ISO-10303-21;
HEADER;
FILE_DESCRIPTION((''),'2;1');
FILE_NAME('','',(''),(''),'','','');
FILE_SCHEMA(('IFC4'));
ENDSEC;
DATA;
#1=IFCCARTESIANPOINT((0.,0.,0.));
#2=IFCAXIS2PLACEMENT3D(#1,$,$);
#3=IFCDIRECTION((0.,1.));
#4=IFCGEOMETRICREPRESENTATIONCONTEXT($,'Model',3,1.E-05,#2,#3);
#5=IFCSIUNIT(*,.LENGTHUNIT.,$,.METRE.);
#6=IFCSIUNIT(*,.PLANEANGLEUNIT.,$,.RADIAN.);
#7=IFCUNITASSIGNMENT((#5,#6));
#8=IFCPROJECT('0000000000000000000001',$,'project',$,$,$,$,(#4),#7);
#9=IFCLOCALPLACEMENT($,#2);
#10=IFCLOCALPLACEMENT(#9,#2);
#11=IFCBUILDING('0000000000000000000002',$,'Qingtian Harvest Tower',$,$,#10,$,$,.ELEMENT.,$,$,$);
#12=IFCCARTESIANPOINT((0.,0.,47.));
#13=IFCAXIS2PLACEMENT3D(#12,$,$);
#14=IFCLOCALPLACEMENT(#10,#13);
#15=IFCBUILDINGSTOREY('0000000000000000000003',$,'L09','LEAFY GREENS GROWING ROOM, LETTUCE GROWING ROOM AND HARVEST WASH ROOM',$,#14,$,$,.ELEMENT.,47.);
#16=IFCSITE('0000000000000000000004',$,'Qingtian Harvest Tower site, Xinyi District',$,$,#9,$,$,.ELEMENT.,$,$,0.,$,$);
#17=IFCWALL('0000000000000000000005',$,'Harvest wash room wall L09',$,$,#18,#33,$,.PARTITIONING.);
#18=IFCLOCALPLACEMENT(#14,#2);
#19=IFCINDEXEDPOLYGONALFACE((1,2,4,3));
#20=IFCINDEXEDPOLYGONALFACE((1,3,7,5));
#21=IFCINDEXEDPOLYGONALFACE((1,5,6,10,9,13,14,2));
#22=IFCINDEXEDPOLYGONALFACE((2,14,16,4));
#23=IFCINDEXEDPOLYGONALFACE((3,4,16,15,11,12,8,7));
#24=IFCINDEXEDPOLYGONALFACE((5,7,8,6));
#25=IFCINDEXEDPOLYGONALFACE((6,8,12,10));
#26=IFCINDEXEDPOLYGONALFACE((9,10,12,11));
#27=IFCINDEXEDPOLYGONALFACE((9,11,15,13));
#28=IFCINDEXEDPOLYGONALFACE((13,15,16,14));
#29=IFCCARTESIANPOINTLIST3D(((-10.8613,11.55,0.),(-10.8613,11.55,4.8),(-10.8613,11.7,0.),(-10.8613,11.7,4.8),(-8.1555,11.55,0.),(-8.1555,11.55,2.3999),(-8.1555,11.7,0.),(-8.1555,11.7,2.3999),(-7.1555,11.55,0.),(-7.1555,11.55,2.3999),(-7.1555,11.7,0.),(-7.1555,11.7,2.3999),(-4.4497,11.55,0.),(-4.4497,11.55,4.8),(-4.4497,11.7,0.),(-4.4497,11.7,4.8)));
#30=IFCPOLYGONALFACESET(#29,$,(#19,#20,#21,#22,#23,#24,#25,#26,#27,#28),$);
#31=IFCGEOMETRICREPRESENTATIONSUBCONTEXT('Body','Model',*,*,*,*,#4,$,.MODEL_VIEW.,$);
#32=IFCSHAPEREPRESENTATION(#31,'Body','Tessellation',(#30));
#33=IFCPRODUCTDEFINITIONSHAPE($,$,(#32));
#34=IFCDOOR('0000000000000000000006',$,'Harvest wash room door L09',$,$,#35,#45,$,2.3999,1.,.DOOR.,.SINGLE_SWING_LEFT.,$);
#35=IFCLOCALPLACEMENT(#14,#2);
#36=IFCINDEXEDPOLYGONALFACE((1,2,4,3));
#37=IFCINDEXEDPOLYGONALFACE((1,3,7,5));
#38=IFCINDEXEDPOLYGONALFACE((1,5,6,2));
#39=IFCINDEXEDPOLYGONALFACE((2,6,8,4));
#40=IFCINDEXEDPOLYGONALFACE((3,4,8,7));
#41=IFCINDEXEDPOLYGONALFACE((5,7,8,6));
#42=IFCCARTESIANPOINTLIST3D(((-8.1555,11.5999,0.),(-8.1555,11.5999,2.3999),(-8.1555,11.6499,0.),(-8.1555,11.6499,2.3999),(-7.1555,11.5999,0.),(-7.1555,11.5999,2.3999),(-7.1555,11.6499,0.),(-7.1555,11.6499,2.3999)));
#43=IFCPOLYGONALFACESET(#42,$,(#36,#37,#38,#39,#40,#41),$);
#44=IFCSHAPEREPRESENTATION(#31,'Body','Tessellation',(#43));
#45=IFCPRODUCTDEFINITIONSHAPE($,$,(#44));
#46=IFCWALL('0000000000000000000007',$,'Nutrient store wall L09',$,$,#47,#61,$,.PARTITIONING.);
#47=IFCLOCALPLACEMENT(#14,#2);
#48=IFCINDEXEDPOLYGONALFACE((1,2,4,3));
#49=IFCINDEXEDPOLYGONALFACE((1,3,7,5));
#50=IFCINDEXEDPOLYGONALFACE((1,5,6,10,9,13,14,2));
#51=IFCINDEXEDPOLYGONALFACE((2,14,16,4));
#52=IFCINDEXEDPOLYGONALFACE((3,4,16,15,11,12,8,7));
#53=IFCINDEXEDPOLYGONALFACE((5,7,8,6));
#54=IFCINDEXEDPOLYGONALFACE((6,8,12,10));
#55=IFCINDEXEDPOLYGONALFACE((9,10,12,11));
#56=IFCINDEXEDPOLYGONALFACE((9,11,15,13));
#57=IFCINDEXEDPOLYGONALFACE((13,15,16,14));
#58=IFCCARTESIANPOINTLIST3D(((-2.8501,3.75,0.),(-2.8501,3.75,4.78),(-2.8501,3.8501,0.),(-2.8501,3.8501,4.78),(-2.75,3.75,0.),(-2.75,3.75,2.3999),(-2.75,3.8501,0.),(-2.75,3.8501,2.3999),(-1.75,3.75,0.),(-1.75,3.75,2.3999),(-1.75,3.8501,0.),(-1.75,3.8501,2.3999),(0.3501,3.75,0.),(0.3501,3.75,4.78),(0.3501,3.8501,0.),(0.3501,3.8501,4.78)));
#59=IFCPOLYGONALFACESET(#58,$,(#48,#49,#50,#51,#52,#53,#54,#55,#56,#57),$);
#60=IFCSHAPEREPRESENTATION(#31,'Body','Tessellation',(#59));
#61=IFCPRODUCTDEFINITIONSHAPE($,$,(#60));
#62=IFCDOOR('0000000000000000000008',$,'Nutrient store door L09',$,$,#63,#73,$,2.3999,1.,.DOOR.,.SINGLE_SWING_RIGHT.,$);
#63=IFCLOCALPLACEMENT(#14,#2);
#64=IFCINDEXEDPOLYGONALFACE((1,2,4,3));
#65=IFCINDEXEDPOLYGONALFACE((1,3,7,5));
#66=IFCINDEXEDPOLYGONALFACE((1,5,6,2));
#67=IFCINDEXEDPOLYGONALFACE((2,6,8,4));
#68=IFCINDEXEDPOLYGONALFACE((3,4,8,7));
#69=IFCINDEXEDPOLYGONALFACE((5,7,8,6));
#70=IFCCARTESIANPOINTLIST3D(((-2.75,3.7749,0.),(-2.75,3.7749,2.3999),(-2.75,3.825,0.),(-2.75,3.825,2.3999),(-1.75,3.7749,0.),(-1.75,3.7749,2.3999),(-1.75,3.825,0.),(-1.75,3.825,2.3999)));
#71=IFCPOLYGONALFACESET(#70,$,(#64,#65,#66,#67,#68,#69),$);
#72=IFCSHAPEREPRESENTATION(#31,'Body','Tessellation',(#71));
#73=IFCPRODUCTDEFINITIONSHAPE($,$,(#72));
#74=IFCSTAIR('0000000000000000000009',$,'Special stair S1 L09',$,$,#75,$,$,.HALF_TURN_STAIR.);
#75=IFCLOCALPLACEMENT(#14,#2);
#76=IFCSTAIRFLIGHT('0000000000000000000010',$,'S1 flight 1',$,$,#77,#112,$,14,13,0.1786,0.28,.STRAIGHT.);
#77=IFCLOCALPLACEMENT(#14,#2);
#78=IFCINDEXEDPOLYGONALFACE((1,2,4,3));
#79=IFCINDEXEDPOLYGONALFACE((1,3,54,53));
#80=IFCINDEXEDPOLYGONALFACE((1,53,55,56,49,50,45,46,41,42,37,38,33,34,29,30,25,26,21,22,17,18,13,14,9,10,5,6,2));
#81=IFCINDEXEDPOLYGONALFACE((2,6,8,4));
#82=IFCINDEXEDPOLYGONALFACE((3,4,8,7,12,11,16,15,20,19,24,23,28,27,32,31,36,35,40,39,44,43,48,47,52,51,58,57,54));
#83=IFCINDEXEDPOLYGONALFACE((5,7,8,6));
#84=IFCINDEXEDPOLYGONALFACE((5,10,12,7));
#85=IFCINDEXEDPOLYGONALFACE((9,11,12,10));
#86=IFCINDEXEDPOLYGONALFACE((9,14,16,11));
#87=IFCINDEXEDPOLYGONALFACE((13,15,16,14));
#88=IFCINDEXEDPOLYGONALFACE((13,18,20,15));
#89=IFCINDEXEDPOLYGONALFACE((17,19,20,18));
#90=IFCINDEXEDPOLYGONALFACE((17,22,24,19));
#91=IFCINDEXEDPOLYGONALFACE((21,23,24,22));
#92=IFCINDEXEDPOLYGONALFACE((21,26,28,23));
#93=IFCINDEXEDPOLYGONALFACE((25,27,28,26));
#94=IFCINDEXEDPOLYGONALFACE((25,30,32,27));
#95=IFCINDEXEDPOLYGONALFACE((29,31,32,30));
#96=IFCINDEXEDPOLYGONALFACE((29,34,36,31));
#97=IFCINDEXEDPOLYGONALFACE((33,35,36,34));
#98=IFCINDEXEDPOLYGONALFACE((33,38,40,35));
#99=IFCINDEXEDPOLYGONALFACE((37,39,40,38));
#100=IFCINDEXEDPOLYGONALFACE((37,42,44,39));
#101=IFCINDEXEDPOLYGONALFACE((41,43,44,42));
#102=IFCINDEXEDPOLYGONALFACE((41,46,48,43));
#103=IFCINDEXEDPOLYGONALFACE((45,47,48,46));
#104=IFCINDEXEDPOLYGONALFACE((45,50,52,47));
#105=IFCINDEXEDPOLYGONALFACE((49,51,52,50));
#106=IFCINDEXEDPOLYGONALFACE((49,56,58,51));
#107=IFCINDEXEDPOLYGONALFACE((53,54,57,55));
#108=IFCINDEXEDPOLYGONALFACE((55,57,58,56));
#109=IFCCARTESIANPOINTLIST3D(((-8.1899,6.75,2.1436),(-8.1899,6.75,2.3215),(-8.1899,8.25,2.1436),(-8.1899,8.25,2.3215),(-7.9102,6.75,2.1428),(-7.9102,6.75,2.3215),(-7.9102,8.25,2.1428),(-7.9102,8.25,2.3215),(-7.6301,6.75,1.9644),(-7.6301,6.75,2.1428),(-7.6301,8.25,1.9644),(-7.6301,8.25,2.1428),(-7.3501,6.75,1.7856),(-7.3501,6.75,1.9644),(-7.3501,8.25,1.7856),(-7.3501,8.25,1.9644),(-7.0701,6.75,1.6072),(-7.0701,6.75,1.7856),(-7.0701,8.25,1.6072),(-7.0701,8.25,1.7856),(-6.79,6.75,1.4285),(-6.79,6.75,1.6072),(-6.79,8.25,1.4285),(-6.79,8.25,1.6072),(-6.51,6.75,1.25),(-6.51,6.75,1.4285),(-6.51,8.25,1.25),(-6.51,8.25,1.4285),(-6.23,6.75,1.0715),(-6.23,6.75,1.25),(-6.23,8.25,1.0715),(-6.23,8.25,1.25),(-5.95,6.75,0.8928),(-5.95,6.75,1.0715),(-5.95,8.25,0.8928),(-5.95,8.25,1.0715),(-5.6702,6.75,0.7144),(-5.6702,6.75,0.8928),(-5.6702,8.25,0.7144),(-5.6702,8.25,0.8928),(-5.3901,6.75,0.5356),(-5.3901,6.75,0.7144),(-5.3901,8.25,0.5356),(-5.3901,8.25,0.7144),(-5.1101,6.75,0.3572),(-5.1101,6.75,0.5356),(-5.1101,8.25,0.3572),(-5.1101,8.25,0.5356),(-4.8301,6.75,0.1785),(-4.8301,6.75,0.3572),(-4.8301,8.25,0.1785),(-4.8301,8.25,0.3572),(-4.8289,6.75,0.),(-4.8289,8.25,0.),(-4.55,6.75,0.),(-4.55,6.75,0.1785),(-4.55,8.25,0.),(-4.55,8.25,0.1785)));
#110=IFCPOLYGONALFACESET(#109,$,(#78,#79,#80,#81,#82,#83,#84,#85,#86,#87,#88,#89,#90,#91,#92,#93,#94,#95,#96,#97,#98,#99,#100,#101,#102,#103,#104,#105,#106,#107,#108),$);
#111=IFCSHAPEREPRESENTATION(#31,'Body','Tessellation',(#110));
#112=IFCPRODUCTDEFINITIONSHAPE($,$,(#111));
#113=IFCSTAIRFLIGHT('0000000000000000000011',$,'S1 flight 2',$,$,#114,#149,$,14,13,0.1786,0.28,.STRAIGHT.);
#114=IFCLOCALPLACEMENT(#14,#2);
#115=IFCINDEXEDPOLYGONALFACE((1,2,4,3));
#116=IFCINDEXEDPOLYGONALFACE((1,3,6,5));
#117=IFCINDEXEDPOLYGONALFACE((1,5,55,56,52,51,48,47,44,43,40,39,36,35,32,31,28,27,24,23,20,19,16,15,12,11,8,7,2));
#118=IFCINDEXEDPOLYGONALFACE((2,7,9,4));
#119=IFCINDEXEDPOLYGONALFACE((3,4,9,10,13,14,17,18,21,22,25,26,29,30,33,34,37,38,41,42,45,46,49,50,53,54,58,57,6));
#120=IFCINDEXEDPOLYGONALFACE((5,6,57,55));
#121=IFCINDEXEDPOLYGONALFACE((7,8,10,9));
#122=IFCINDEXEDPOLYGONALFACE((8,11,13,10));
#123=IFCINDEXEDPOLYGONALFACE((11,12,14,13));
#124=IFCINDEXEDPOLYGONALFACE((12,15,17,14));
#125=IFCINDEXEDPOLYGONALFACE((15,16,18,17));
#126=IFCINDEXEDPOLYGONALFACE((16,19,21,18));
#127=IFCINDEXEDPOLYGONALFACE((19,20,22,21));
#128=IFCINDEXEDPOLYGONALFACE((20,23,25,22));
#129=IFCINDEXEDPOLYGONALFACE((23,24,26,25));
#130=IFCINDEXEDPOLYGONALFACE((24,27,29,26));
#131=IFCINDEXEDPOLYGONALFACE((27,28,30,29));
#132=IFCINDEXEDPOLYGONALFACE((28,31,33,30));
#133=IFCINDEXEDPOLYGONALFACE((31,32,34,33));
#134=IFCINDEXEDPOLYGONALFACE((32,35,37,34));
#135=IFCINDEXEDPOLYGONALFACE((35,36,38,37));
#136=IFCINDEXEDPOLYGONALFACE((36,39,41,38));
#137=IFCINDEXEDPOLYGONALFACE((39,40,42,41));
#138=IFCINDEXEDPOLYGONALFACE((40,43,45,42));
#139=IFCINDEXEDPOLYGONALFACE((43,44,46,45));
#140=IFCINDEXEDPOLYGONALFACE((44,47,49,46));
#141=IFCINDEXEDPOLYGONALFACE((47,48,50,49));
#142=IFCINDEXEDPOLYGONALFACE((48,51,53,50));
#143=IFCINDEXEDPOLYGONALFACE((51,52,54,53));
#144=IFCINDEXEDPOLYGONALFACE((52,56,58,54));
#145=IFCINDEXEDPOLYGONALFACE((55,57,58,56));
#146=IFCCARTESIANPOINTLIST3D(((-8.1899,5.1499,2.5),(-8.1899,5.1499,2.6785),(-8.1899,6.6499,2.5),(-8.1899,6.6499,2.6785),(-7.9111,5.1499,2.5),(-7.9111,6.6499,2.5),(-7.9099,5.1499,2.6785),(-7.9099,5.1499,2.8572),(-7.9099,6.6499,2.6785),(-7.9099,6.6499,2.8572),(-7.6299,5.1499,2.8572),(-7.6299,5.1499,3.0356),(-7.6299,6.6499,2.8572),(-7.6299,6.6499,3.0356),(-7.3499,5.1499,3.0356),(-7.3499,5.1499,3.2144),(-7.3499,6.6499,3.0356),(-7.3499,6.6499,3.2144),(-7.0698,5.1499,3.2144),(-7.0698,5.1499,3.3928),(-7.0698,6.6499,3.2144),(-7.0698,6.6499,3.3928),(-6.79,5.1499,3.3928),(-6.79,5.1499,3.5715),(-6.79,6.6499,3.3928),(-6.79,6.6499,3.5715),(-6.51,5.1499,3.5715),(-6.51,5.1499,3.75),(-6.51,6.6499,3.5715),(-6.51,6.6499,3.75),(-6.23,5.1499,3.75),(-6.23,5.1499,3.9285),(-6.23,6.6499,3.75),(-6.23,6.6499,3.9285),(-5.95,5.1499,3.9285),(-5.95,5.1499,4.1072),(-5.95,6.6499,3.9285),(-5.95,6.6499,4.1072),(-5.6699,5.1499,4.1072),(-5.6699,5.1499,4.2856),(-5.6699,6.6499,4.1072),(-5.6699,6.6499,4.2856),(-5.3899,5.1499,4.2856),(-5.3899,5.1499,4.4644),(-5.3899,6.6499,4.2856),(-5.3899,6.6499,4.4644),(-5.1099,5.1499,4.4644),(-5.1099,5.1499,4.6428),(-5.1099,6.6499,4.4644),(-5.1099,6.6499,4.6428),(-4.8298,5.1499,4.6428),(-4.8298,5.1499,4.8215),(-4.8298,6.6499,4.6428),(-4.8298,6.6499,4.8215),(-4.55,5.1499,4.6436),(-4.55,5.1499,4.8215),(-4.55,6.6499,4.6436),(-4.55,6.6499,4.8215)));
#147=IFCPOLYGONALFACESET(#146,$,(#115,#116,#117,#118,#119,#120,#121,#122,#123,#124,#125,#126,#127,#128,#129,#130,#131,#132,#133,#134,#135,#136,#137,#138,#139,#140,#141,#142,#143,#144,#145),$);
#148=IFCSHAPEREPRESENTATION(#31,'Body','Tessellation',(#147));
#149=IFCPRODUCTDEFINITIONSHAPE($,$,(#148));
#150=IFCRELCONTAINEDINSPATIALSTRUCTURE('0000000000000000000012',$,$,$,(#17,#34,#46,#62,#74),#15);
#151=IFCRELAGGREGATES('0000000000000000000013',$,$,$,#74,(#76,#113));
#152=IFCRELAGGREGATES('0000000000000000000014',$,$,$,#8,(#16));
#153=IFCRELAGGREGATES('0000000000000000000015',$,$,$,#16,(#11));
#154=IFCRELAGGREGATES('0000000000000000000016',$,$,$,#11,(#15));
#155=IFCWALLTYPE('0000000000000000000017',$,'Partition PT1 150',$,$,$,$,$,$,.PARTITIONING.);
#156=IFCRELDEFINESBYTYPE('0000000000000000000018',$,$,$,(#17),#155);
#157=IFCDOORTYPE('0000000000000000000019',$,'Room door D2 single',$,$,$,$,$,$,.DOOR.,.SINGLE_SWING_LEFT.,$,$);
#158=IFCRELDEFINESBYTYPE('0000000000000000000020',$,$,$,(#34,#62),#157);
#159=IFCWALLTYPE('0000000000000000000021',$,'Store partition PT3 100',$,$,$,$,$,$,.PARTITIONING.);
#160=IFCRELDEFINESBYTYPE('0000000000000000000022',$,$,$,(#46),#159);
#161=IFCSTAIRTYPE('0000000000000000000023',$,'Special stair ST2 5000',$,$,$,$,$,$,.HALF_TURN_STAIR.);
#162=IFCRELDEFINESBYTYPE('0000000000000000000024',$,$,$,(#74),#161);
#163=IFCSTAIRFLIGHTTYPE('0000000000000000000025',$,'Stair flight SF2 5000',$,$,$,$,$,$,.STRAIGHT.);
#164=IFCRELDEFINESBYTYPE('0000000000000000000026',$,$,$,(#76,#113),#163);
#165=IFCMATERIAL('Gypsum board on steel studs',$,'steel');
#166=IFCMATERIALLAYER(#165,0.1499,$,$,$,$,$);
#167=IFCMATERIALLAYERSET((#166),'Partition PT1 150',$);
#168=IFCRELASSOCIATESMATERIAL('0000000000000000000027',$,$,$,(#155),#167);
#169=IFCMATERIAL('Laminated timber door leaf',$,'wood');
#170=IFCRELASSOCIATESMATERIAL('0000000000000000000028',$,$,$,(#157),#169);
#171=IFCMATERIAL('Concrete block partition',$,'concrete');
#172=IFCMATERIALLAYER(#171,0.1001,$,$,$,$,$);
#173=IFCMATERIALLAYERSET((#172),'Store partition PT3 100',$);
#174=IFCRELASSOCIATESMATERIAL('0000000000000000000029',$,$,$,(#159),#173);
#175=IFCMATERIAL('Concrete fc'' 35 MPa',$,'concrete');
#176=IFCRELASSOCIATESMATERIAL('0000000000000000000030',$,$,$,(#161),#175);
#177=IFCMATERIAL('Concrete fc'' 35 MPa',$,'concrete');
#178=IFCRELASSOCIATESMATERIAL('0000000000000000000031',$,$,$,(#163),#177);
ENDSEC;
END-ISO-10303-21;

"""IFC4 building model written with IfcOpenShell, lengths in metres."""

from ifc_helpers import new_model, si_unit, direction, frame, frame_2d, origin, place, context, subcontext, project, spatial, polyline, rectangle, outline, extrude, material, layer, layer_set, type_object, element, fill, aggregate, save


model = new_model("IFC4")

# Units and contexts
model_context = context("Model", 3, precision=1e-05, world=origin(), true_north=direction((0.0, 1.0)))
body_context = subcontext(model_context, "Body", "Model", "MODEL_VIEW")
ifc_project = project(units=[si_unit("LENGTHUNIT", "METRE"), si_unit("PLANEANGLEUNIT", "RADIAN")], contexts=[model_context])

# Site, building, storey
site_placement = place(None, origin())
site = spatial("IfcSite", under=ifc_project, at=site_placement, Name="Qingtian Harvest Tower site, Xinyi District", CompositionType="ELEMENT", RefElevation=0.0)
building_placement = place(site_placement, origin())
building = spatial("IfcBuilding", under=site, at=building_placement, Name="Qingtian Harvest Tower", CompositionType="ELEMENT")
storey_placement = place(building_placement, frame((0.0, 0.0, 47.0)))
storey = spatial("IfcBuildingStorey", under=building, at=storey_placement, Name="L09", Description="LEAFY GREENS GROWING ROOM, LETTUCE GROWING ROOM AND HARVEST WASH ROOM", CompositionType="ELEMENT", Elevation=47.0)

# Walls, openings, doors
ifc_material_1 = material(Name="Gypsum board on steel studs", Category="steel")
ifc_layer_1 = layer(ifc_material_1, 0.1499)
ifc_layer_set_1 = layer_set([ifc_layer_1], Name="Partition PT1 150")
wall_type_1 = type_object("IfcWallType", Name="Partition PT1 150", PredefinedType="PARTITIONING", material=ifc_layer_set_1)
wall_1_placement = place(storey_placement, frame((-10.8613, 11.625, 0.0), z_axis=(0.0, 0.0, 1.0), x_axis=(1.0, 0.0, 0.0)))
wall_1 = element("IfcWall", 1, at=wall_1_placement, inside=storey, type_object=wall_type_1, Name="Harvest wash room wall L09", PredefinedType="PARTITIONING", context=body_context, shape_type="SweptSolid", body=[
    extrude(rectangle(XDim=6.4116, YDim=0.1499, at=frame_2d((3.2058, 0.0))), origin(), (0.0, 0.0, 1.0), 4.8),
])
opening_1_placement = place(wall_1_placement, frame((2.7058, 0.0, 0.0)))
opening_1 = element("IfcOpeningElement", 2, at=opening_1_placement, cuts=wall_1, PredefinedType="OPENING", context=body_context, shape_type="SweptSolid", body=[
    extrude(rectangle(XDim=1.0, YDim=2.3999, at=frame_2d((0.5, 1.2))), frame((0.0, 0.085, 0.0), z_axis=(0.0, -1.0, 0.0), x_axis=(1.0, 0.0, 0.0)), (0.0, 0.0, 1.0), 0.1699),
])
ifc_material_2 = material(Name="Laminated timber door leaf", Category="wood")
door_type_1 = type_object("IfcDoorType", Name="Room door D2 single", OperationType="SINGLE_SWING_LEFT", PredefinedType="DOOR", material=ifc_material_2)
door_1_placement = place(opening_1_placement, origin())
door_1 = element("IfcDoor", 3, at=door_1_placement, inside=storey, type_object=door_type_1, Name="Harvest wash room door L09", OperationType="SINGLE_SWING_LEFT", OverallHeight=2.3999, OverallWidth=1.0, PredefinedType="DOOR", context=body_context, shape_type="SweptSolid", body=[
    extrude(rectangle(XDim=1.0, YDim=2.3999, at=frame_2d((0.5, 1.2))), frame((0.0, 0.0249, 0.0), z_axis=(0.0, -1.0, 0.0), x_axis=(1.0, 0.0, 0.0)), (0.0, 0.0, 1.0), 0.05),
])
fill(opening_1, door_1)
ifc_material_3 = material(Name="Concrete block partition", Category="concrete")
ifc_layer_2 = layer(ifc_material_3, 0.1001)
ifc_layer_set_2 = layer_set([ifc_layer_2], Name="Store partition PT3 100")
wall_type_2 = type_object("IfcWallType", Name="Store partition PT3 100", PredefinedType="PARTITIONING", material=ifc_layer_set_2)
wall_2_placement = place(storey_placement, frame((-2.8501, 3.8, 0.0), z_axis=(0.0, 0.0, 1.0), x_axis=(1.0, 0.0, 0.0)))
wall_2 = element("IfcWall", 4, at=wall_2_placement, inside=storey, type_object=wall_type_2, Name="Nutrient store wall L09", PredefinedType="PARTITIONING", context=body_context, shape_type="SweptSolid", body=[
    extrude(rectangle(XDim=3.2002, YDim=0.1001, at=frame_2d((1.6001, 0.0))), origin(), (0.0, 0.0, 1.0), 4.78),
])
opening_2_placement = place(wall_2_placement, frame((0.1001, 0.0, 0.0)))
opening_2 = element("IfcOpeningElement", 5, at=opening_2_placement, cuts=wall_2, PredefinedType="OPENING", context=body_context, shape_type="SweptSolid", body=[
    extrude(rectangle(XDim=1.0, YDim=2.3999, at=frame_2d((0.5, 1.2))), frame((0.0, 0.0601, 0.0), z_axis=(0.0, -1.0, 0.0), x_axis=(1.0, 0.0, 0.0)), (0.0, 0.0, 1.0), 0.1201),
])
door_2_placement = place(opening_2_placement, origin())
door_2 = element("IfcDoor", 6, at=door_2_placement, inside=storey, type_object=door_type_1, Name="Nutrient store door L09", OperationType="SINGLE_SWING_RIGHT", OverallHeight=2.3999, OverallWidth=1.0, PredefinedType="DOOR", context=body_context, shape_type="SweptSolid", body=[
    extrude(rectangle(XDim=1.0, YDim=2.3999, at=frame_2d((0.5, 1.2))), frame((0.0, 0.0249, 0.0), z_axis=(0.0, -1.0, 0.0), x_axis=(1.0, 0.0, 0.0)), (0.0, 0.0, 1.0), 0.05),
])
fill(opening_2, door_2)

# Stair, stair flights
ifc_material_4 = material(Name="Concrete fc' 35 MPa", Category="concrete")
stair_type = type_object("IfcStairType", Name="Special stair ST2 5000", PredefinedType="HALF_TURN_STAIR", material=ifc_material_4)
stair_placement = place(storey_placement, origin())
stair = element("IfcStair", 7, at=stair_placement, inside=storey, type_object=stair_type, Name="Special stair S1 L09", PredefinedType="HALF_TURN_STAIR")
ifc_material_5 = material(Name="Concrete fc' 35 MPa", Category="concrete")
stair_flight_type = type_object("IfcStairFlightType", Name="Stair flight SF2 5000", PredefinedType="STRAIGHT", material=ifc_material_5)
stair_flight_1_placement = place(storey_placement, frame((-4.55, 7.5, 0.0), z_axis=(0.0, 0.0, 1.0), x_axis=(-1.0, 0.0, 0.0)))
stair_flight_1 = element("IfcStairFlight", 8, at=stair_flight_1_placement, type_object=stair_flight_type, Name="S1 flight 1", NumberOfRisers=14, NumberOfTreads=13, PredefinedType="STRAIGHT", RiserHeight=0.1786, TreadLength=0.28, context=body_context, shape_type="SweptSolid", body=[
    extrude(outline(polyline([(0.0, 0.0), (0.0, 0.1785), (0.28, 0.1785), (0.28, 0.3572), (0.5601, 0.3572), (0.5601, 0.5356), (0.8401, 0.5356), (0.8401, 0.7144), (1.1201, 0.7144), (1.1201, 0.8928), (1.3999, 0.8928), (1.3999, 1.0715), (1.6799, 1.0715), (1.6799, 1.25), (1.96, 1.25), (1.96, 1.4285), (2.24, 1.4285), (2.24, 1.6072), (2.52, 1.6072), (2.52, 1.7856), (2.8, 1.7856), (2.8, 1.9644), (3.0801, 1.9644), (3.0801, 2.1428), (3.3601, 2.1428), (3.3601, 2.3215), (3.6399, 2.3215), (3.6399, 2.5), (3.6399, 2.1436), (0.2788, 0.0), (0.0, 0.0)])), frame((0.0, 0.75, 0.0), z_axis=(0.0, -1.0, 0.0), x_axis=(1.0, 0.0, 0.0)), (0.0, 0.0, 1.0), 1.5),
])
stair_flight_2_placement = place(storey_placement, frame((-8.1899, 5.8999, 2.5), z_axis=(0.0, 0.0, 1.0), x_axis=(1.0, 0.0, 0.0)))
stair_flight_2 = element("IfcStairFlight", 9, at=stair_flight_2_placement, type_object=stair_flight_type, Name="S1 flight 2", NumberOfRisers=14, NumberOfTreads=13, PredefinedType="STRAIGHT", RiserHeight=0.1786, TreadLength=0.28, context=body_context, shape_type="SweptSolid", body=[
    extrude(outline(polyline([(0.0, 0.0), (0.0, 0.1785), (0.28, 0.1785), (0.28, 0.3572), (0.5601, 0.3572), (0.5601, 0.5356), (0.8401, 0.5356), (0.8401, 0.7144), (1.1201, 0.7144), (1.1201, 0.8928), (1.3999, 0.8928), (1.3999, 1.0715), (1.6799, 1.0715), (1.6799, 1.25), (1.96, 1.25), (1.96, 1.4285), (2.24, 1.4285), (2.24, 1.6072), (2.52, 1.6072), (2.52, 1.7856), (2.8, 1.7856), (2.8, 1.9644), (3.0801, 1.9644), (3.0801, 2.1428), (3.3601, 2.1428), (3.3601, 2.3215), (3.6399, 2.3215), (3.6399, 2.5), (3.6399, 2.1436), (0.2788, 0.0), (0.0, 0.0)])), frame((0.0, 0.75, 0.0), z_axis=(0.0, -1.0, 0.0), x_axis=(1.0, 0.0, 0.0)), (0.0, 0.0, 1.0), 1.5),
])
aggregate(stair, [stair_flight_1, stair_flight_2])

save(model, "model.ifc")
